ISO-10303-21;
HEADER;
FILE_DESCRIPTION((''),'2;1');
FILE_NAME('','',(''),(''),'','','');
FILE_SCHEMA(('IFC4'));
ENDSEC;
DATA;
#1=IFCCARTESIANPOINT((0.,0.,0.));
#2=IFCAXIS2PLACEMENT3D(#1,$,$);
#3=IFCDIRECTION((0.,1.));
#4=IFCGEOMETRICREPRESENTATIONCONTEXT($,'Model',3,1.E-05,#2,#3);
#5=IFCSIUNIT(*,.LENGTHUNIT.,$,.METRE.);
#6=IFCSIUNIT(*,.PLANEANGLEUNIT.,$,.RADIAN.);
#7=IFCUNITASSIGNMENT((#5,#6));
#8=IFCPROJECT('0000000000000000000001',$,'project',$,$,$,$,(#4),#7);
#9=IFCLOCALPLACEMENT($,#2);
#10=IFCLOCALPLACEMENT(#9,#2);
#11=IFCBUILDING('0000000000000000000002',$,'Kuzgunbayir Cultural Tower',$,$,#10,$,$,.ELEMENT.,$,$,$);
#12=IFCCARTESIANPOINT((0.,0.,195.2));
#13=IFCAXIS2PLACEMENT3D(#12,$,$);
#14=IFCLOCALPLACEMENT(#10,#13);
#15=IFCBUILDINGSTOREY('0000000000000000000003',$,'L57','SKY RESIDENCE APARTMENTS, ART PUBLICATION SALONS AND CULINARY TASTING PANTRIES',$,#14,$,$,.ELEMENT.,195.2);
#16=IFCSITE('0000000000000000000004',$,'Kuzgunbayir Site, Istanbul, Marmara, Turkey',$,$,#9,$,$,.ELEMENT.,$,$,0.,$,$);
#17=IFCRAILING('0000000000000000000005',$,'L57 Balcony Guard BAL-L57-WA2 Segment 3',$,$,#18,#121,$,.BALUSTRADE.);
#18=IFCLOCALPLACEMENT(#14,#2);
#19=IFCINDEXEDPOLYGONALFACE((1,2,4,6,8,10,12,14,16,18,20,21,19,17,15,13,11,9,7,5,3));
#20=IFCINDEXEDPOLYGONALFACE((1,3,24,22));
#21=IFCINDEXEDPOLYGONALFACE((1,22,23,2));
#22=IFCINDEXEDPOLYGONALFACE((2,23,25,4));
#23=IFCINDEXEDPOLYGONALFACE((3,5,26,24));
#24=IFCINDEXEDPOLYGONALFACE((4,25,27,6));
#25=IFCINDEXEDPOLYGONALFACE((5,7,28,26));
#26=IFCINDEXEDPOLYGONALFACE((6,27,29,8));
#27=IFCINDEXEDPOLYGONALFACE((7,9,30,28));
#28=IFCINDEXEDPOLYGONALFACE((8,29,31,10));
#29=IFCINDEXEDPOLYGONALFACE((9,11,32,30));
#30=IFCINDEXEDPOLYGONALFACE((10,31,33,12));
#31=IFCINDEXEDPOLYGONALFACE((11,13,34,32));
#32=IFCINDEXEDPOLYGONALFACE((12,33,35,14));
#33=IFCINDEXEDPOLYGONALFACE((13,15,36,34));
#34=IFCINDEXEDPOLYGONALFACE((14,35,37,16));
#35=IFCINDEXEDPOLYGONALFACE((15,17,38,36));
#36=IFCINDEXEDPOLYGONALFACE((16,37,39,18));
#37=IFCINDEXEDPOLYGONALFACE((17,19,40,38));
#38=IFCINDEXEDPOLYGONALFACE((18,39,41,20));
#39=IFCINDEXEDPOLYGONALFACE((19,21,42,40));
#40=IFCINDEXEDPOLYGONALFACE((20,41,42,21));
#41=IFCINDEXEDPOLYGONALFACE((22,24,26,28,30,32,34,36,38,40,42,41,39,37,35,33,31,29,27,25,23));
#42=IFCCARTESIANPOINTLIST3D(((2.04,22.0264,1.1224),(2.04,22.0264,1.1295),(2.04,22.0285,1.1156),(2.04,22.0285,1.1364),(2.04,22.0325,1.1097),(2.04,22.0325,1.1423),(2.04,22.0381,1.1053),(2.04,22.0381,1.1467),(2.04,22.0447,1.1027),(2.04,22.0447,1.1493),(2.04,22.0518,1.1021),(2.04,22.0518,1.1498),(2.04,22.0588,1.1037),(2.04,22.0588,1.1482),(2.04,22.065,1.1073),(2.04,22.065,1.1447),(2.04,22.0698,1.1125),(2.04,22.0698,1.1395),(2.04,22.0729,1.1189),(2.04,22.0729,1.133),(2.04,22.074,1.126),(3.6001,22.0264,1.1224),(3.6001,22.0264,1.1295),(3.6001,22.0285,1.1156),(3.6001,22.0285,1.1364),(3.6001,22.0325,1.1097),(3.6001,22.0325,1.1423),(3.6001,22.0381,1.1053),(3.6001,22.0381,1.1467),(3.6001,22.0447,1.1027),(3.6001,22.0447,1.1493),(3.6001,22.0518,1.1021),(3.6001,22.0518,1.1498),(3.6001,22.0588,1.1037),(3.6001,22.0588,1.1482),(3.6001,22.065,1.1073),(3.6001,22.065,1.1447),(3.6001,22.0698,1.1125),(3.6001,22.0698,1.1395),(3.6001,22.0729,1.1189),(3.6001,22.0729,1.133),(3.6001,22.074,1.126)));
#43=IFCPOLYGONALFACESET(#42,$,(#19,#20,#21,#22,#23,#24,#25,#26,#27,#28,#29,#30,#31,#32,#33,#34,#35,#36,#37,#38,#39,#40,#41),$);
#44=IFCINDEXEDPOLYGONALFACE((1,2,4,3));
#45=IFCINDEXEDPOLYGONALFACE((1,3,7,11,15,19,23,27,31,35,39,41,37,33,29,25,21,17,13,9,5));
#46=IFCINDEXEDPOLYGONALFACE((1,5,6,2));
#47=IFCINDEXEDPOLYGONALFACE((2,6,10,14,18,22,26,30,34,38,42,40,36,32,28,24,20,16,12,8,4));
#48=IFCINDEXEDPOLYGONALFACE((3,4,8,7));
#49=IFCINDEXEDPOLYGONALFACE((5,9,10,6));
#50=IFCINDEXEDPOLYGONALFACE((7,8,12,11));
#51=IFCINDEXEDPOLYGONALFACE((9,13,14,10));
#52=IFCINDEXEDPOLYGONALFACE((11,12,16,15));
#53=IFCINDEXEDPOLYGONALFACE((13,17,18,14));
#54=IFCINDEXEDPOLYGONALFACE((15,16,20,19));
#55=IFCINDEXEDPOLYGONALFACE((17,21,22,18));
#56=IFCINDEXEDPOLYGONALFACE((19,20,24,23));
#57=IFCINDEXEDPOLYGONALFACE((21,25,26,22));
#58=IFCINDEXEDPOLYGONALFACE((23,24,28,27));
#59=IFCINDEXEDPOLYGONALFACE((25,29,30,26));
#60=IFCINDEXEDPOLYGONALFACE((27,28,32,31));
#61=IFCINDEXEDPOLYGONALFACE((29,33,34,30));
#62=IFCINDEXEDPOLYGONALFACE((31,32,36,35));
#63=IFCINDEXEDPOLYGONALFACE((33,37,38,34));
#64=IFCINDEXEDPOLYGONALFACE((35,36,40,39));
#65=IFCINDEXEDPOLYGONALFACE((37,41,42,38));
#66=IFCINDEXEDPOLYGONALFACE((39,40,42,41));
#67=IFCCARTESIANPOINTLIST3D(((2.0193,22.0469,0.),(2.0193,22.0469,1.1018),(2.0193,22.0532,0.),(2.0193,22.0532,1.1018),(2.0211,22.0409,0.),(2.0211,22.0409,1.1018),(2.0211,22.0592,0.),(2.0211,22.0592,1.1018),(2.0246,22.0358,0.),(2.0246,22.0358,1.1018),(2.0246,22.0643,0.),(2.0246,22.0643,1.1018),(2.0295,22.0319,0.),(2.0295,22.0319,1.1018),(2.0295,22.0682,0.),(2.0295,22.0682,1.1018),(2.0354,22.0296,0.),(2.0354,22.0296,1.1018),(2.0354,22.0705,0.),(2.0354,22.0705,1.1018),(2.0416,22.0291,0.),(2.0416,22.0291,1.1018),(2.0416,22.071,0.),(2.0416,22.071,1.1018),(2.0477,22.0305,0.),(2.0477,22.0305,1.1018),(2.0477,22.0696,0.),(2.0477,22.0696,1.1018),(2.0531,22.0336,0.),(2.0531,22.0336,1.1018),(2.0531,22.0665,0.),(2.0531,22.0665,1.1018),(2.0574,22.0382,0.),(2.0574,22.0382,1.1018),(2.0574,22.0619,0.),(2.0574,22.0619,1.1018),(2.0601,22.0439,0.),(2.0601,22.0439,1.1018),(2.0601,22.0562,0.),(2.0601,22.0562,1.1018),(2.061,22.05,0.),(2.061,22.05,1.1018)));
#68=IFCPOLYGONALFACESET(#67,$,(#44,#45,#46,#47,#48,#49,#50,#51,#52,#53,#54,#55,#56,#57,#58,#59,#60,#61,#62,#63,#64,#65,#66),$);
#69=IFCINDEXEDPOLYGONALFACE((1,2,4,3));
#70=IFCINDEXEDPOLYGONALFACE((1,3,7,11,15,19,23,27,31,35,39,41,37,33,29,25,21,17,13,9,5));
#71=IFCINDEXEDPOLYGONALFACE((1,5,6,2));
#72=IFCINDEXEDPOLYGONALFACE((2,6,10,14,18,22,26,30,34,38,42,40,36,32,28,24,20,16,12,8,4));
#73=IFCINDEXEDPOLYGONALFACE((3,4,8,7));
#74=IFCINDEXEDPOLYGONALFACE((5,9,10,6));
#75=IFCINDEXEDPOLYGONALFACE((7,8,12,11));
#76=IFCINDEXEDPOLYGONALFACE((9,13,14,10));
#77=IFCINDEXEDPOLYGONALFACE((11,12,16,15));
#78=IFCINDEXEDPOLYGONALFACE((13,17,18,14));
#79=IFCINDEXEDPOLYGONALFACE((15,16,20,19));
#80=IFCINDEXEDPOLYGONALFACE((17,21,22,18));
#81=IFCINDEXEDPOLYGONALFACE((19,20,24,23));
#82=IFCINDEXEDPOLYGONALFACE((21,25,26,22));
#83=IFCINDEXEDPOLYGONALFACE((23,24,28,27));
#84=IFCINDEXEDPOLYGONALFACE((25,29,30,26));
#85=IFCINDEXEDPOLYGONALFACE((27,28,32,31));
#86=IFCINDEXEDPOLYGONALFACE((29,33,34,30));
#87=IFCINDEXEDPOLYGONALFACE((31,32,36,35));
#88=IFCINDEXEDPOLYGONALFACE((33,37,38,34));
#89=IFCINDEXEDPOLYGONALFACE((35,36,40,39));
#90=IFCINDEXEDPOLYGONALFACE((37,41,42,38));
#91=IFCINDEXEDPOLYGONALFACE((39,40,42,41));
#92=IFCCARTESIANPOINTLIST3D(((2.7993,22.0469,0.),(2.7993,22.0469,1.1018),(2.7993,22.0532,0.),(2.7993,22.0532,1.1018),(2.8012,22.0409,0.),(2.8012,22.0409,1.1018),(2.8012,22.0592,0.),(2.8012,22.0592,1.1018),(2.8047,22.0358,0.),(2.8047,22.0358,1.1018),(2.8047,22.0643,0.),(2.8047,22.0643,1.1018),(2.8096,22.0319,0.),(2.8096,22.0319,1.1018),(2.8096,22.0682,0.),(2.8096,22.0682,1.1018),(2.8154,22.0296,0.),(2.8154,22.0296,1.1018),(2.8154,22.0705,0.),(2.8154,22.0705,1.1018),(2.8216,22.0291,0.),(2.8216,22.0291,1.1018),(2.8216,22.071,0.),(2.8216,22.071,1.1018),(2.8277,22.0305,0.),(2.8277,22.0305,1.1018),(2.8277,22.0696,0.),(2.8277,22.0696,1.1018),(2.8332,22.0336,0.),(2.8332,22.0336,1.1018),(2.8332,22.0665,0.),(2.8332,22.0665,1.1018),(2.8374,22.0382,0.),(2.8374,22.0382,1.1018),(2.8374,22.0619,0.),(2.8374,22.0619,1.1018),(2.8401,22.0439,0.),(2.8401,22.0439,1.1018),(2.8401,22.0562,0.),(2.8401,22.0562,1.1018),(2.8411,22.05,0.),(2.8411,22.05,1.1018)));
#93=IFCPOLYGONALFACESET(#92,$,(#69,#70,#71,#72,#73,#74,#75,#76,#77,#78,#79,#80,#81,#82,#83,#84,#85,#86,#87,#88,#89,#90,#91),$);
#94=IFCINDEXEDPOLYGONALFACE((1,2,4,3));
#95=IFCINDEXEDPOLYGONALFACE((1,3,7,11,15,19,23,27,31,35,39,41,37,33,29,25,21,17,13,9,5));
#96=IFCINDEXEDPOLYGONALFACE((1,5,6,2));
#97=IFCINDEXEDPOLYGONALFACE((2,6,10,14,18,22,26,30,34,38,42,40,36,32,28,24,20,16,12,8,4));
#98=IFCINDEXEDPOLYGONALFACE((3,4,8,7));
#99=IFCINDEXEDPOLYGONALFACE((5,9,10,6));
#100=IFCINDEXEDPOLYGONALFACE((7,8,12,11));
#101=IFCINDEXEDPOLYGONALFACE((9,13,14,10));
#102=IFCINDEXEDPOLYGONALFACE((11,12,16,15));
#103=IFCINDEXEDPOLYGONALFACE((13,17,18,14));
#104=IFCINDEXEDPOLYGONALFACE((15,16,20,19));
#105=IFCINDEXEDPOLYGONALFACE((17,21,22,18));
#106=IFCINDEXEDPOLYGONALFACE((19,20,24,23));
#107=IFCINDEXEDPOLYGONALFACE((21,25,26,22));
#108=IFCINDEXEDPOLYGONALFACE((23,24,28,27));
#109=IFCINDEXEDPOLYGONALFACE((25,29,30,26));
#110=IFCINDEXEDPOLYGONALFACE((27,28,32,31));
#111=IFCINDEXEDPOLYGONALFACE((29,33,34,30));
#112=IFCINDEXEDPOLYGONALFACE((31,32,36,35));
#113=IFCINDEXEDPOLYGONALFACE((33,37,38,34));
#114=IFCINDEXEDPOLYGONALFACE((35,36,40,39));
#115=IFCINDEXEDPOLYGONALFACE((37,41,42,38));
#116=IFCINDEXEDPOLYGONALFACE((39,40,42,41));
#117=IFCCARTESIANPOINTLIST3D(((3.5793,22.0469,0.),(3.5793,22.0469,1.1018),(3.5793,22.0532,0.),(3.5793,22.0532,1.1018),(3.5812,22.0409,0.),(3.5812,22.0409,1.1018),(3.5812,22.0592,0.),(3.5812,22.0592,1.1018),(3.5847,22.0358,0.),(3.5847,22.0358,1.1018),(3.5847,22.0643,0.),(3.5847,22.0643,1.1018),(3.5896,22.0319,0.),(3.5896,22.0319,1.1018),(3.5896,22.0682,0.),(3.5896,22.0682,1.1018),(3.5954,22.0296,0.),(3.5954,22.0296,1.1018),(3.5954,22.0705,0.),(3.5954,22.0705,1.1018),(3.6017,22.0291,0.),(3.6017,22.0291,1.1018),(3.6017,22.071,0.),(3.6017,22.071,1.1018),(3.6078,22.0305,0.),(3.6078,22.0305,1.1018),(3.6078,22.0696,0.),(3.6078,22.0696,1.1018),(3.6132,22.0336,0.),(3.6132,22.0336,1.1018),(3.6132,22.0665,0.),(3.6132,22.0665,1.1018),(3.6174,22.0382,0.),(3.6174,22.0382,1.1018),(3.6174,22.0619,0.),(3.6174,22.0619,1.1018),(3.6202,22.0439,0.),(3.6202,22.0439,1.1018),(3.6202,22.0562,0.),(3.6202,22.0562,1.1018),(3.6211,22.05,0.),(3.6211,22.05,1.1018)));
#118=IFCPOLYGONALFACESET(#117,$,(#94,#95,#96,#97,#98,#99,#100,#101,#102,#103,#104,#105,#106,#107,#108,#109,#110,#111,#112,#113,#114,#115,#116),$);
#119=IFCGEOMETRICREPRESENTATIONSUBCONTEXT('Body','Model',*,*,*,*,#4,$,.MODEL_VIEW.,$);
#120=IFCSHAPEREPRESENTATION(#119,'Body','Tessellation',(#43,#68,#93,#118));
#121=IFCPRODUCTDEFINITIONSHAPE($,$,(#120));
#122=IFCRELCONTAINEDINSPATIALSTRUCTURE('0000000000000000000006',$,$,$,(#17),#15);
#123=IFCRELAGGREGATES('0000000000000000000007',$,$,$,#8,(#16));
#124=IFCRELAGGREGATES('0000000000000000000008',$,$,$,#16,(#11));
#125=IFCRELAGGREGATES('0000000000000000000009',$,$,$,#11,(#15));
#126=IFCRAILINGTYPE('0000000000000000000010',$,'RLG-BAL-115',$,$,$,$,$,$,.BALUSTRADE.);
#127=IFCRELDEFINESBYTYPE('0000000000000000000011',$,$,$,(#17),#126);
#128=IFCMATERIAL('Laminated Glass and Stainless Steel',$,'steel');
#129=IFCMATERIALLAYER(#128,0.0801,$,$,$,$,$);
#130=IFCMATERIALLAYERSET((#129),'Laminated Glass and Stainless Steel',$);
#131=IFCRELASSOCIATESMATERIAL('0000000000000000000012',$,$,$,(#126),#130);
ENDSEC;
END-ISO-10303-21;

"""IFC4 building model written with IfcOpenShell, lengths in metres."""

from ifc_helpers import new_model, si_unit, direction, frame, origin, origin_2d, place, context, subcontext, project, spatial, circle, extrude, material, layer, layer_set, type_object, element, save


model = new_model("IFC4")

# Units and contexts
model_context = context("Model", 3, precision=1e-05, world=origin(), true_north=direction((0.0, 1.0)))
body_context = subcontext(model_context, "Body", "Model", "MODEL_VIEW")
ifc_project = project(units=[si_unit("LENGTHUNIT", "METRE"), si_unit("PLANEANGLEUNIT", "RADIAN")], contexts=[model_context])

# Site, building, storey
site_placement = place(None, origin())
site = spatial("IfcSite", under=ifc_project, at=site_placement, Name="Kuzgunbayir Site, Istanbul, Marmara, Turkey", CompositionType="ELEMENT", RefElevation=0.0)
building_placement = place(site_placement, origin())
building = spatial("IfcBuilding", under=site, at=building_placement, Name="Kuzgunbayir Cultural Tower", CompositionType="ELEMENT")
storey_placement = place(building_placement, frame((0.0, 0.0, 195.2)))
storey = spatial("IfcBuildingStorey", under=building, at=storey_placement, Name="L57", Description="SKY RESIDENCE APARTMENTS, ART PUBLICATION SALONS AND CULINARY TASTING PANTRIES", CompositionType="ELEMENT", Elevation=195.2)

# Railing
ifc_material_1 = material(Name="Laminated Glass and Stainless Steel", Category="steel")
ifc_layer_1 = layer(ifc_material_1, 0.0801)
ifc_layer_set_1 = layer_set([ifc_layer_1], Name="Laminated Glass and Stainless Steel")
railing_type = type_object("IfcRailingType", Name="RLG-BAL-115", PredefinedType="BALUSTRADE", material=ifc_layer_set_1)
railing_1_placement = place(storey_placement, frame((2.04, 22.05, 0.0)))
element("IfcRailing", 1, at=railing_1_placement, inside=storey, type_object=railing_type, Name="L57 Balcony Guard BAL-L57-WA2 Segment 3", PredefinedType="BALUSTRADE", context=body_context, shape_type="SweptSolid", body=[
    extrude(circle(Radius=0.0239, at=origin_2d()), frame((0.0, 0.0, 1.126), z_axis=(1.0, 0.0, 0.0), x_axis=(0.0, 1.0, 0.0)), (0.0, 0.0, 1.0), 1.5601),
    extrude(circle(Radius=0.021, at=origin_2d()), origin(), (0.0, 0.0, 1.0), 1.1018),
    extrude(circle(Radius=0.021, at=origin_2d()), frame((0.78, 0.0, 0.0)), (0.0, 0.0, 1.0), 1.1018),
    extrude(circle(Radius=0.021, at=origin_2d()), frame((1.5601, 0.0, 0.0)), (0.0, 0.0, 1.0), 1.1018),
])

save(model, "model.ifc")
